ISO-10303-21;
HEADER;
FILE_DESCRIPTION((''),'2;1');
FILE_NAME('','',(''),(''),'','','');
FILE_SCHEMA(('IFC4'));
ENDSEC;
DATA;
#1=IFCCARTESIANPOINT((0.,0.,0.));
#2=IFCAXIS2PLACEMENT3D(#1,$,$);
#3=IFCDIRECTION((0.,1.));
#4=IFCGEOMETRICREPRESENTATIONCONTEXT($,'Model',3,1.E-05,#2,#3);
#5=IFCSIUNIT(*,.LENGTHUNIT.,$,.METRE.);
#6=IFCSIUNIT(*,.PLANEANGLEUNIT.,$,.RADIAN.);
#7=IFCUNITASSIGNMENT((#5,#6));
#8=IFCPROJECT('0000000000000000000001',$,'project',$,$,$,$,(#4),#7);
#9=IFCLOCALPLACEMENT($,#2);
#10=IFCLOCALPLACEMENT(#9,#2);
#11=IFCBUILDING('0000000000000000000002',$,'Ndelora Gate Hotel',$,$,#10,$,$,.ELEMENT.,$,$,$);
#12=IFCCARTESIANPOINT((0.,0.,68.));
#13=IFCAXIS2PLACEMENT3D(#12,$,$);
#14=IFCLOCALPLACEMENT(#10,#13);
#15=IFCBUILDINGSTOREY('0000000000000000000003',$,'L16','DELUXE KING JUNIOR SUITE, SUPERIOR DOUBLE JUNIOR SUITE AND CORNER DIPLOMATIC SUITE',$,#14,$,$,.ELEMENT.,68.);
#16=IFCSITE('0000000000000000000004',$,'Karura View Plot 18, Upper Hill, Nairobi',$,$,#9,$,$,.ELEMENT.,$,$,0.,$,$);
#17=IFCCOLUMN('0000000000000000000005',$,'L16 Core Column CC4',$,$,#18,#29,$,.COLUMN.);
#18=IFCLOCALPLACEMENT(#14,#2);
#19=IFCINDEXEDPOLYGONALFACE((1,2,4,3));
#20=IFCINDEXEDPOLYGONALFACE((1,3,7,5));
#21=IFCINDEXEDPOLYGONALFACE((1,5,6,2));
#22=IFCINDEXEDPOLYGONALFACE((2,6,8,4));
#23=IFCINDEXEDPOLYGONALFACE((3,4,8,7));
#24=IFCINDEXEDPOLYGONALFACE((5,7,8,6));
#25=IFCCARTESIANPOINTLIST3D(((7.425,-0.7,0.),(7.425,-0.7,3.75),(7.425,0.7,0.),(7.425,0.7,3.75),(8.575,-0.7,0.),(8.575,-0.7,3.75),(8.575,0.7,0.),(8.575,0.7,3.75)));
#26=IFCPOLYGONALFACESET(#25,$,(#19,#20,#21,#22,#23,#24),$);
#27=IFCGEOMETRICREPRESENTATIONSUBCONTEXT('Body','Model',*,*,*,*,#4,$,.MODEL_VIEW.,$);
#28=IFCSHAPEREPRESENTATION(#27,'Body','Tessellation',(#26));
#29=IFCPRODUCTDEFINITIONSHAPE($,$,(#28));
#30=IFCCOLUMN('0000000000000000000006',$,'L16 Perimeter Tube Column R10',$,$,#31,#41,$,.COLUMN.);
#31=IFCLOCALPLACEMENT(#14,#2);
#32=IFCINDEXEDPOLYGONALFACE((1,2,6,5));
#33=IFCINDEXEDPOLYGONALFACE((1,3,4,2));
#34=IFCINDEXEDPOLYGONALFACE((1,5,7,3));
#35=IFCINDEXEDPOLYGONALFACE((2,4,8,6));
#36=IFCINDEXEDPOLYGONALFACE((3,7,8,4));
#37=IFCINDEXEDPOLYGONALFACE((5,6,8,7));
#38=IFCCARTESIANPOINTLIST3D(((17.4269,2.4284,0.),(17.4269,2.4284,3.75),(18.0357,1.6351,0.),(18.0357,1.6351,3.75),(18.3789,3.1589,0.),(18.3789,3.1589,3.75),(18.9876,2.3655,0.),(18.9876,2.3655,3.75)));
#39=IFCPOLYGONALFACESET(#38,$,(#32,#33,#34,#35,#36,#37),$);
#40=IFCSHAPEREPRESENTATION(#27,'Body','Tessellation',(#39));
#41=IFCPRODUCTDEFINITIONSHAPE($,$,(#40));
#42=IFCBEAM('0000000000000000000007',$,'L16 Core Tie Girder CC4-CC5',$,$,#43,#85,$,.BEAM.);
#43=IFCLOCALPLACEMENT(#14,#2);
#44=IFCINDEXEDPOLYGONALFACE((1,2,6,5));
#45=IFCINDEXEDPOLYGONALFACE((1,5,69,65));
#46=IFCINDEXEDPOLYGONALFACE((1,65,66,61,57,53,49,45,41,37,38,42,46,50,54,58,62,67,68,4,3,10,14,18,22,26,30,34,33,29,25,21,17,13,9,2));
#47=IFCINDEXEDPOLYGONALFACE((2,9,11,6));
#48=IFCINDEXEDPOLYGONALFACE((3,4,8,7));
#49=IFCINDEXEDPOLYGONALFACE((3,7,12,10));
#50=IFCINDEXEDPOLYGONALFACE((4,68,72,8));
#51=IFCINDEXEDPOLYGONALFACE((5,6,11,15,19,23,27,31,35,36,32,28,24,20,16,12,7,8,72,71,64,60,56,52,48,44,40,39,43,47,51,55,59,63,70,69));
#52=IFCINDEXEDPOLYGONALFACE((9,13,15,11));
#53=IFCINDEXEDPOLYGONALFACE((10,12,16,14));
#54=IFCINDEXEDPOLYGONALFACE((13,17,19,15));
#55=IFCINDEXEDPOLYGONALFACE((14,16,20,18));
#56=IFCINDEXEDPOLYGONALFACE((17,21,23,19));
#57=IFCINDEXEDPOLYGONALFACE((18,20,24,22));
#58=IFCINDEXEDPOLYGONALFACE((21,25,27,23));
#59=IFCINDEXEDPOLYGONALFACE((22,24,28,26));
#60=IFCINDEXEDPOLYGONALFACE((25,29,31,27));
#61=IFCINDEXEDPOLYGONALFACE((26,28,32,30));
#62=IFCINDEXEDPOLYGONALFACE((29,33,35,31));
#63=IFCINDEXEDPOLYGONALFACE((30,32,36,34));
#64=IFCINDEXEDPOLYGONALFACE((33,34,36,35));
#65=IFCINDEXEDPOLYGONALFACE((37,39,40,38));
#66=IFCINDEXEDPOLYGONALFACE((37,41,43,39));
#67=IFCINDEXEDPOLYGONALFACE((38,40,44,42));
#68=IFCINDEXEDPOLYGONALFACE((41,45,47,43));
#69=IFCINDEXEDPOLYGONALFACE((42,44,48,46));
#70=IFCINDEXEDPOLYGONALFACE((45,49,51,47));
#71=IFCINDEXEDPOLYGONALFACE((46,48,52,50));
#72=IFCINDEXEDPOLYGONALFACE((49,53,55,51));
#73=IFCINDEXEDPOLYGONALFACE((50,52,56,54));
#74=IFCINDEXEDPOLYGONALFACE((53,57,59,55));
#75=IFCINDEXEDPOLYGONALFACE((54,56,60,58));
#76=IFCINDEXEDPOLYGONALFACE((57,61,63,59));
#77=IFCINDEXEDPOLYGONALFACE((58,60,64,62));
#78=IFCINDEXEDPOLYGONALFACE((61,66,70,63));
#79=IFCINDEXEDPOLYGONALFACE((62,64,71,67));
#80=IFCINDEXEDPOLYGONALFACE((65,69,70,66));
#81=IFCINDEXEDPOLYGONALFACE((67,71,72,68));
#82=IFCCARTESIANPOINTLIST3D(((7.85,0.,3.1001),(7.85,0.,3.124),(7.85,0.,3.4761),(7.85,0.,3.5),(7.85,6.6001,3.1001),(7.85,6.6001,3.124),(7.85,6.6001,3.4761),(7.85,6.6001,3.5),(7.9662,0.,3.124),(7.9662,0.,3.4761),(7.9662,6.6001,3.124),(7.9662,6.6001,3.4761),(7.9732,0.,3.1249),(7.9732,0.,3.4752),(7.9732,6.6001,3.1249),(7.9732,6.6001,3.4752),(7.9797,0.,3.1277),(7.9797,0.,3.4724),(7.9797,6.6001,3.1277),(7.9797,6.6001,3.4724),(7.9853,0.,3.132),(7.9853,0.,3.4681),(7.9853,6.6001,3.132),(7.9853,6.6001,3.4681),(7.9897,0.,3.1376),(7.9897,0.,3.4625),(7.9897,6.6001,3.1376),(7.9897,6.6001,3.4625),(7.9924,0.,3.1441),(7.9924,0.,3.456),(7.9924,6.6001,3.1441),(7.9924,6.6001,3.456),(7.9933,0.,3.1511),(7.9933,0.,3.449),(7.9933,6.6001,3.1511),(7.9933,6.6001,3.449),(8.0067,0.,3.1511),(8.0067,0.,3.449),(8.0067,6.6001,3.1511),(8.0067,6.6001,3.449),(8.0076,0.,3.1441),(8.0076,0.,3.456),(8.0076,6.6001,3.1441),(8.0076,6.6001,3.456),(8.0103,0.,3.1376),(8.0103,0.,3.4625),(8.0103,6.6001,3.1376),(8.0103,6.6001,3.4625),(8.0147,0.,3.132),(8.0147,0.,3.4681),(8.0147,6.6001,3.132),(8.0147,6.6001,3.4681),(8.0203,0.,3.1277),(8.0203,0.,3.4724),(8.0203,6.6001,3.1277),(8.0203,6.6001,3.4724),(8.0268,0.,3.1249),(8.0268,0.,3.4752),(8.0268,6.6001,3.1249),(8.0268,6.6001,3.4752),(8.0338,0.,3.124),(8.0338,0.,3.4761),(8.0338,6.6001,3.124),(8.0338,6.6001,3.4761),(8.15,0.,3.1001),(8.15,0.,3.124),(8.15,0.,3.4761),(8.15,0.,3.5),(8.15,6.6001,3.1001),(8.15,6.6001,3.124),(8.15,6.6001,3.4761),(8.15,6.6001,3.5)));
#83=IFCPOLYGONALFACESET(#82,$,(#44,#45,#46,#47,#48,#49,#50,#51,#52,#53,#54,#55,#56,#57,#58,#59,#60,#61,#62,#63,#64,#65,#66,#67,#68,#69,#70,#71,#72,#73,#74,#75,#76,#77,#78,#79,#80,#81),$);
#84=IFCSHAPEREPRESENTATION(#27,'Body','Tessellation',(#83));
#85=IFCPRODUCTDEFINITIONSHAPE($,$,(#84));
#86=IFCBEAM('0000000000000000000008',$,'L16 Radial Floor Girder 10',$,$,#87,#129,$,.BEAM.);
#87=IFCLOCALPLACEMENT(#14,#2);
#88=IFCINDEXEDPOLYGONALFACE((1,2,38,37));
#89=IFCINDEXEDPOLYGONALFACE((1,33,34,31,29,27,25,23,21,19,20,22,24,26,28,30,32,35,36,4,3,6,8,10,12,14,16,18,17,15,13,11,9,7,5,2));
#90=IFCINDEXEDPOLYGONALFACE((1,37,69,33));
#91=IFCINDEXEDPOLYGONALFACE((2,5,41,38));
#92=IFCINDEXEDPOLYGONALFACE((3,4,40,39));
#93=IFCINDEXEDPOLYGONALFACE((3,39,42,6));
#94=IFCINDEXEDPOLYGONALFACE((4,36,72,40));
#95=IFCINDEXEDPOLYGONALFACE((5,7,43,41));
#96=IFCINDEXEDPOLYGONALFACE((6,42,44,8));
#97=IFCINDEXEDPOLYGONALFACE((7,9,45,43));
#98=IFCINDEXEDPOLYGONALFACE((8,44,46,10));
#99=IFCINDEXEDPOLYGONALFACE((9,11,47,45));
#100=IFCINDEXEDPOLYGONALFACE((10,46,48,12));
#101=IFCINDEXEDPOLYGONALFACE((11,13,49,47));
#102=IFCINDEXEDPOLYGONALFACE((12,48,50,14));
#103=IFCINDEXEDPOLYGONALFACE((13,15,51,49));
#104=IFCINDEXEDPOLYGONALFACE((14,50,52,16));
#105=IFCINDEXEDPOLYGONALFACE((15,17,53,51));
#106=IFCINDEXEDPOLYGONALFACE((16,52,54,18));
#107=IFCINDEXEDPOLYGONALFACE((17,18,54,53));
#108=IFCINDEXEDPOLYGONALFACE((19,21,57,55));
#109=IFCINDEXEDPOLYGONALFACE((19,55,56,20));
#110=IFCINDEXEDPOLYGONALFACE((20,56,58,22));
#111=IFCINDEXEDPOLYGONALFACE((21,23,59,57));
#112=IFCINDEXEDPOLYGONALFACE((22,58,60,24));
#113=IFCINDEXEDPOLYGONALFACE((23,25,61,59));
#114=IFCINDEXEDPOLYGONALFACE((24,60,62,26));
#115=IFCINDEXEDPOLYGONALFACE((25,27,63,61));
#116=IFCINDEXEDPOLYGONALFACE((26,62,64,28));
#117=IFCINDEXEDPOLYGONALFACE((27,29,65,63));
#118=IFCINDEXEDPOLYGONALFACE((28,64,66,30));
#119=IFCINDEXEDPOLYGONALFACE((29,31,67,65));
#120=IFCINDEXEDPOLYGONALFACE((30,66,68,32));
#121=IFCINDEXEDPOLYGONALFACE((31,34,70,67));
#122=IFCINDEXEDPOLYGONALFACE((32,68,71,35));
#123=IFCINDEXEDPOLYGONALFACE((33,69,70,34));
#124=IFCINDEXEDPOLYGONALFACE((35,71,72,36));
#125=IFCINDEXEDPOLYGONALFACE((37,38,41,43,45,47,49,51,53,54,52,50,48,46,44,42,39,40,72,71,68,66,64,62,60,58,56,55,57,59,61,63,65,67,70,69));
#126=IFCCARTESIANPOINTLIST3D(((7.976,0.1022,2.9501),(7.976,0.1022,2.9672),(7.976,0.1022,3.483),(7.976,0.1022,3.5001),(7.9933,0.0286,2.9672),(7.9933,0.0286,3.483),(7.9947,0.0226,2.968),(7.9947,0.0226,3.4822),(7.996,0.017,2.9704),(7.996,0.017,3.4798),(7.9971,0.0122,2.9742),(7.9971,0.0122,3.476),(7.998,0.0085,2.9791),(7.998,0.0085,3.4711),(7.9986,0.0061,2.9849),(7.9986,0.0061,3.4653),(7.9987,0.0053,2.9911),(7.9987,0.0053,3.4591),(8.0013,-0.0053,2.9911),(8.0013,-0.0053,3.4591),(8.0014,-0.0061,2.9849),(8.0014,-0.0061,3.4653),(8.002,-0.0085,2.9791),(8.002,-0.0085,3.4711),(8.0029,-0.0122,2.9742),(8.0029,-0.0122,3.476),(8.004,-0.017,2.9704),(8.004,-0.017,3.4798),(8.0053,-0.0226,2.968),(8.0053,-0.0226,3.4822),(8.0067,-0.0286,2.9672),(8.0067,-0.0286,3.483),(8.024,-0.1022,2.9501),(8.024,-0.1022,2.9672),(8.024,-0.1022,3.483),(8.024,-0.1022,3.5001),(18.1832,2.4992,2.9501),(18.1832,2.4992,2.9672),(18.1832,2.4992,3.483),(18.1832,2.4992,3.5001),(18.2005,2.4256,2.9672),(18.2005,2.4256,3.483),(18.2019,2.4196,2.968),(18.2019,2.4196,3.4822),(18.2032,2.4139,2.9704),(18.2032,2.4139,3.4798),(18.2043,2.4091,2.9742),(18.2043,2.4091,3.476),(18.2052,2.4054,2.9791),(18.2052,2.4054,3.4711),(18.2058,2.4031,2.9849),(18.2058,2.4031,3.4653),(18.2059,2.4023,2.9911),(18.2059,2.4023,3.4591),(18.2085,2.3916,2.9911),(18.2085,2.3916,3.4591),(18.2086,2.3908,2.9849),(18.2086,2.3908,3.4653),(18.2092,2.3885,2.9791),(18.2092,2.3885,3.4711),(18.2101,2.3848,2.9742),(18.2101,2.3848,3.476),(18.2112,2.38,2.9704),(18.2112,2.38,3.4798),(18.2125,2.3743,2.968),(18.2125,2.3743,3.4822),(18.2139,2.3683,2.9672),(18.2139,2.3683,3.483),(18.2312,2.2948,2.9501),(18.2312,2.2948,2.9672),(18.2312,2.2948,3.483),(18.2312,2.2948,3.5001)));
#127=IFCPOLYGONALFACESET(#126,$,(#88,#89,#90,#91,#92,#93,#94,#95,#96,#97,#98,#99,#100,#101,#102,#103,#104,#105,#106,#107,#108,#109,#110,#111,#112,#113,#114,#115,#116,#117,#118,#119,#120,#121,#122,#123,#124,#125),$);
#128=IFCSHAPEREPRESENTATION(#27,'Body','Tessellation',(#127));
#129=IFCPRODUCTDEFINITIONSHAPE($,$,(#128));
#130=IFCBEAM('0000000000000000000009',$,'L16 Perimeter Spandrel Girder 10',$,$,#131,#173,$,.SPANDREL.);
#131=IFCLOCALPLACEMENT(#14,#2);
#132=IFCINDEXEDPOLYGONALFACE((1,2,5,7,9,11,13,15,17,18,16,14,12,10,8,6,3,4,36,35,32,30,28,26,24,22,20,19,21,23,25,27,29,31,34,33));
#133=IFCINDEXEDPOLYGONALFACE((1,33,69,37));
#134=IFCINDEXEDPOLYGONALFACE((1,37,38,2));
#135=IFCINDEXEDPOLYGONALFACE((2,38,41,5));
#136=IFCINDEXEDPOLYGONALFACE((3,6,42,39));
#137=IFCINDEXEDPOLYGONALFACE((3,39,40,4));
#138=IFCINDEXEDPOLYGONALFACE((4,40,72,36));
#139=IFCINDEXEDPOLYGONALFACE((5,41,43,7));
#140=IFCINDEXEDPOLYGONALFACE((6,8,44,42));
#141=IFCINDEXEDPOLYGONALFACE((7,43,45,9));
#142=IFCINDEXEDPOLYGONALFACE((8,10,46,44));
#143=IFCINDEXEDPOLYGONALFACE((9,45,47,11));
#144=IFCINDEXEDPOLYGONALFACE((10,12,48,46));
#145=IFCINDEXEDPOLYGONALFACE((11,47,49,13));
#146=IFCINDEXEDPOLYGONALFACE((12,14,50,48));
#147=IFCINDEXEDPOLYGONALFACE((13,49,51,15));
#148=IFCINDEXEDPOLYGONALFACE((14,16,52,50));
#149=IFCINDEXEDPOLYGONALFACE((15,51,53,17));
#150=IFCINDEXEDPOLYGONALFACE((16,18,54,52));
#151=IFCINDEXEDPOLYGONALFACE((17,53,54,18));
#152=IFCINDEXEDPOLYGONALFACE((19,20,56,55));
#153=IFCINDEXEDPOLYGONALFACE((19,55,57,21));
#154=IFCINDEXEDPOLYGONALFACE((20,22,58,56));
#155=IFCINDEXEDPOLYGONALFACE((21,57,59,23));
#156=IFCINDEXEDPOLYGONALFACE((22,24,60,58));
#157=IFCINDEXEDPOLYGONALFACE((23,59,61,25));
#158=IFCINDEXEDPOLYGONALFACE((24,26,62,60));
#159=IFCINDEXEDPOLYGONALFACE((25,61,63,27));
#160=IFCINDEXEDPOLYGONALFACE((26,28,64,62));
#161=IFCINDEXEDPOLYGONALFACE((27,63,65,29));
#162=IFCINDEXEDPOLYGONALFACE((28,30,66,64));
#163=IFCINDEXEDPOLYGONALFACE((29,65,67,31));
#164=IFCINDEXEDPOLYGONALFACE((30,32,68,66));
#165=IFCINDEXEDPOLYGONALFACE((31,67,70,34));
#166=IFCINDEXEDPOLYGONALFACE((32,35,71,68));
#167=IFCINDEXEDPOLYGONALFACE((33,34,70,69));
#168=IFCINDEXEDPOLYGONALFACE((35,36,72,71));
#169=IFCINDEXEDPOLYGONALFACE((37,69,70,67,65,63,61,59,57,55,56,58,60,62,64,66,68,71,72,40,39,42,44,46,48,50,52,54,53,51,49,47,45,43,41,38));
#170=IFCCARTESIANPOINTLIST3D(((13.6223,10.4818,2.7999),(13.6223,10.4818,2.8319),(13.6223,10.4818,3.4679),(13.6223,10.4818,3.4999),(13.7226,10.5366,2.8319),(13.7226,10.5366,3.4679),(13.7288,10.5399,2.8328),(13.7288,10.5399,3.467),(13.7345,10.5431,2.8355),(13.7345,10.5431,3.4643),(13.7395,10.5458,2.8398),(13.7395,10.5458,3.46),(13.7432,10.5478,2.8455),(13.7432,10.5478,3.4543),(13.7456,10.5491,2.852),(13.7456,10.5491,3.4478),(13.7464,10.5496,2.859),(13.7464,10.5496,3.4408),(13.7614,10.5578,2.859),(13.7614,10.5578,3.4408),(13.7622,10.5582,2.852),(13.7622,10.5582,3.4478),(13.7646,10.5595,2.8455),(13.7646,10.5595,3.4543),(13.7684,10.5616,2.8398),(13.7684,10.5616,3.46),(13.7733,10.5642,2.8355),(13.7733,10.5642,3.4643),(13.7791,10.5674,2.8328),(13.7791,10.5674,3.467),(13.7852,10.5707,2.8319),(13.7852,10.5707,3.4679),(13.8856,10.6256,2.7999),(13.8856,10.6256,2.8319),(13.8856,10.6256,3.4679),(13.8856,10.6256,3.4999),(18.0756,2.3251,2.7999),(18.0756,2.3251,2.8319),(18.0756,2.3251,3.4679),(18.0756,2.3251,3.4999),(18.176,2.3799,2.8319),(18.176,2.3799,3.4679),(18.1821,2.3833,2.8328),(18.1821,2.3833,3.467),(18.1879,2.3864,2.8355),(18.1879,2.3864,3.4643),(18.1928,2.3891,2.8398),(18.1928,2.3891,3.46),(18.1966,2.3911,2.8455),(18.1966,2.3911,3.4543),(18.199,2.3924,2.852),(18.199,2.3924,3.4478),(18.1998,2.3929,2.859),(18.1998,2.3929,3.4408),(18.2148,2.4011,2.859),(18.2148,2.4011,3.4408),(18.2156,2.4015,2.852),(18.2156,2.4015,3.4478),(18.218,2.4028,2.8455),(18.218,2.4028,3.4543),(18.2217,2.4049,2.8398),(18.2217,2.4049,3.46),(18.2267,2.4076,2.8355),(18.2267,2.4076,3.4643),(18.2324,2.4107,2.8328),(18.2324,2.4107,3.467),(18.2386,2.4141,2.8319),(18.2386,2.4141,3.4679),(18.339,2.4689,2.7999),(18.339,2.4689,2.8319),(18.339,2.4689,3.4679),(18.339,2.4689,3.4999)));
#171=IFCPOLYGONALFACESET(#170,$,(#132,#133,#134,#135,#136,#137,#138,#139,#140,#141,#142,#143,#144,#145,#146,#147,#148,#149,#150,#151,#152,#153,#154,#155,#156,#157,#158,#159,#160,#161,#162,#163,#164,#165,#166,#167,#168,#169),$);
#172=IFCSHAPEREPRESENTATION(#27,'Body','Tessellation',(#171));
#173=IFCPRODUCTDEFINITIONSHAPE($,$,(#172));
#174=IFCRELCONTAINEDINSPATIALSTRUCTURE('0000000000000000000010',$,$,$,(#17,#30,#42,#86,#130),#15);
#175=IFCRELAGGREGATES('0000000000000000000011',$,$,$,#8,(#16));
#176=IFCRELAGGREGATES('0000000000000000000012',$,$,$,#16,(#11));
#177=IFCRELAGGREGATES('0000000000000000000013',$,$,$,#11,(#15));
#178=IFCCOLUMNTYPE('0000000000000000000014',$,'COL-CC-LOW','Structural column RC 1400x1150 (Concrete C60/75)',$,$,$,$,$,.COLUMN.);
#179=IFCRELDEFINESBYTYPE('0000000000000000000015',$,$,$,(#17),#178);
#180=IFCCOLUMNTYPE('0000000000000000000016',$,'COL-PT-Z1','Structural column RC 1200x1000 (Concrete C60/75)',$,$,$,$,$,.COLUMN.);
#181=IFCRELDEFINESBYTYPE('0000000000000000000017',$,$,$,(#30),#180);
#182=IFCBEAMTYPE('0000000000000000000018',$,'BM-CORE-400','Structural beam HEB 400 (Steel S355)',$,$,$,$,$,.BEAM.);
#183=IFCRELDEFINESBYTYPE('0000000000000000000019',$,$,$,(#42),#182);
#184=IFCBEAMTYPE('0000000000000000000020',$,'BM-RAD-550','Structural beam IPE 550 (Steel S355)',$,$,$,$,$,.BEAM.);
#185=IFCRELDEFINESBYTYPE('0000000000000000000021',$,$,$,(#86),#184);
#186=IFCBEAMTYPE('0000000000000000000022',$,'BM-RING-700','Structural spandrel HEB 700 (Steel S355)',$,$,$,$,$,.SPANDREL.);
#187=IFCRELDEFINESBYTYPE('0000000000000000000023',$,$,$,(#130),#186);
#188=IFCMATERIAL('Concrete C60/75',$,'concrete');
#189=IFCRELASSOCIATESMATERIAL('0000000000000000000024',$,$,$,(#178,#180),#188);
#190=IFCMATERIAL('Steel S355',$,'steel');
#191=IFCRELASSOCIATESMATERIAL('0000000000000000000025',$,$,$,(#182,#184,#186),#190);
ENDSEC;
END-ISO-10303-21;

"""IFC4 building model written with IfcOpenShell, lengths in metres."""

from ifc_helpers import new_model, si_unit, direction, frame, origin, origin_2d, place, context, subcontext, project, spatial, rectangle, i_section, extrude, material, material_profile, profile_set, type_object, element, save


model = new_model("IFC4")

# Units and contexts
model_context = context("Model", 3, precision=1e-05, world=origin(), true_north=direction((0.0, 1.0)))
body_context = subcontext(model_context, "Body", "Model", "MODEL_VIEW")
ifc_project = project(units=[si_unit("LENGTHUNIT", "METRE"), si_unit("PLANEANGLEUNIT", "RADIAN")], contexts=[model_context])

# Site, building, storey
site_placement = place(None, origin())
site = spatial("IfcSite", under=ifc_project, at=site_placement, Name="Karura View Plot 18, Upper Hill, Nairobi", CompositionType="ELEMENT", RefElevation=0.0)
building_placement = place(site_placement, origin())
building = spatial("IfcBuilding", under=site, at=building_placement, Name="Ndelora Gate Hotel", CompositionType="ELEMENT")
storey_placement = place(building_placement, frame((0.0, 0.0, 68.0)))
storey = spatial("IfcBuildingStorey", under=building, at=storey_placement, Name="L16", Description="DELUXE KING JUNIOR SUITE, SUPERIOR DOUBLE JUNIOR SUITE AND CORNER DIPLOMATIC SUITE", CompositionType="ELEMENT", Elevation=68.0)

# Columns
ifc_material_1 = material(Name="Concrete C60/75", Category="concrete")
ifc_material_profile_1 = material_profile(ifc_material_1, rectangle(XDim=1.1499, YDim=1.3999, at=origin_2d()), Name="RC 1400x1150")
ifc_profile_set_1 = profile_set([ifc_material_profile_1], Name="Concrete C60/75")
column_type_1 = type_object("IfcColumnType", Name="COL-CC-LOW", Description="Structural column RC 1400x1150 (Concrete C60/75)", PredefinedType="COLUMN", material=ifc_profile_set_1)
column_1_placement = place(storey_placement, frame((8.0, 0.0, 0.0), z_axis=(0.0, 0.0, 1.0), x_axis=(1.0, 0.0, 0.0)))
element("IfcColumn", 1, at=column_1_placement, inside=storey, type_object=column_type_1, Name="L16 Core Column CC4", PredefinedType="COLUMN", context=body_context, shape_type="SweptSolid", body=[
    extrude(rectangle(XDim=1.1499, YDim=1.3999, at=origin_2d()), origin(), (0.0, 0.0, 1.0), 3.75),
])
ifc_material_profile_2 = material_profile(ifc_material_1, rectangle(XDim=1.0, YDim=1.2, at=origin_2d()), Name="RC 1200x1000")
ifc_profile_set_2 = profile_set([ifc_material_profile_2], Name="Concrete C60/75")
column_type_2 = type_object("IfcColumnType", Name="COL-PT-Z1", Description="Structural column RC 1200x1000 (Concrete C60/75)", PredefinedType="COLUMN", material=ifc_profile_set_2)
column_2_placement = place(storey_placement, frame((18.2073, 2.397, 0.0), z_axis=(0.0, 0.0, 1.0), x_axis=(-0.608761, 0.793353, 0.0)))
element("IfcColumn", 2, at=column_2_placement, inside=storey, type_object=column_type_2, Name="L16 Perimeter Tube Column R10", PredefinedType="COLUMN", context=body_context, shape_type="SweptSolid", body=[
    extrude(rectangle(XDim=1.0, YDim=1.2, at=origin_2d()), origin(), (0.0, 0.0, 1.0), 3.75),
])

# Beams
ifc_material_2 = material(Name="Steel S355", Category="steel")
ifc_material_profile_3 = material_profile(ifc_material_2, i_section(OverallWidth=0.3, OverallDepth=0.3999, WebThickness=0.0134, FlangeThickness=0.0239, FilletRadius=0.0271, at=origin_2d()), Name="HEB 400")
ifc_profile_set_3 = profile_set([ifc_material_profile_3], Name="Steel S355")
beam_type_1 = type_object("IfcBeamType", Name="BM-CORE-400", Description="Structural beam HEB 400 (Steel S355)", PredefinedType="BEAM", material=ifc_profile_set_3)
beam_1_placement = place(storey_placement, frame((8.0, 0.0, 3.3), z_axis=(0.0, 1.0, 0.0), x_axis=(-1.0, 0.0, 0.0)))
element("IfcBeam", 3, at=beam_1_placement, inside=storey, type_object=beam_type_1, Name="L16 Core Tie Girder CC4-CC5", PredefinedType="BEAM", context=body_context, shape_type="SweptSolid", body=[
    extrude(i_section(OverallWidth=0.3, OverallDepth=0.3999, WebThickness=0.0134, FlangeThickness=0.0239, FilletRadius=0.0271, at=origin_2d()), origin(), (0.0, 0.0, 1.0), 6.6001),
])
ifc_material_profile_4 = material_profile(ifc_material_2, i_section(OverallWidth=0.21, OverallDepth=0.55, WebThickness=0.011, FlangeThickness=0.0171, FilletRadius=0.0239, at=origin_2d()), Name="IPE 550")
ifc_profile_set_4 = profile_set([ifc_material_profile_4], Name="Steel S355")
beam_type_2 = type_object("IfcBeamType", Name="BM-RAD-550", Description="Structural beam IPE 550 (Steel S355)", PredefinedType="BEAM", material=ifc_profile_set_4)
beam_2_placement = place(storey_placement, frame((8.0, 0.0, 3.2251), z_axis=(0.973518, 0.228611, 0.0), x_axis=(-0.228611, 0.973518, 0.0)))
element("IfcBeam", 4, at=beam_2_placement, inside=storey, type_object=beam_type_2, Name="L16 Radial Floor Girder 10", PredefinedType="BEAM", context=body_context, shape_type="SweptSolid", body=[
    extrude(i_section(OverallWidth=0.21, OverallDepth=0.55, WebThickness=0.011, FlangeThickness=0.0171, FilletRadius=0.0239, at=origin_2d()), origin(), (0.0, 0.0, 1.0), 10.4849),
])
ifc_material_profile_5 = material_profile(ifc_material_2, i_section(OverallWidth=0.3, OverallDepth=0.7, WebThickness=0.0171, FlangeThickness=0.032, FilletRadius=0.0271, at=origin_2d()), Name="HEB 700")
ifc_profile_set_5 = profile_set([ifc_material_profile_5], Name="Steel S355")
beam_type_3 = type_object("IfcBeamType", Name="BM-RING-700", Description="Structural spandrel HEB 700 (Steel S355)", PredefinedType="SPANDREL", material=ifc_profile_set_5)
beam_3_placement = place(storey_placement, frame((18.2073, 2.397, 3.1499), z_axis=(-0.479204, 0.877704, 0.0), x_axis=(-0.877704, -0.479204, 0.0)))
element("IfcBeam", 5, at=beam_3_placement, inside=storey, type_object=beam_type_3, Name="L16 Perimeter Spandrel Girder 10", PredefinedType="SPANDREL", context=body_context, shape_type="SweptSolid", body=[
    extrude(i_section(OverallWidth=0.3, OverallDepth=0.7, WebThickness=0.0171, FlangeThickness=0.032, FilletRadius=0.0271, at=origin_2d()), origin(), (0.0, 0.0, 1.0), 9.2932),
])

save(model, "model.ifc")
